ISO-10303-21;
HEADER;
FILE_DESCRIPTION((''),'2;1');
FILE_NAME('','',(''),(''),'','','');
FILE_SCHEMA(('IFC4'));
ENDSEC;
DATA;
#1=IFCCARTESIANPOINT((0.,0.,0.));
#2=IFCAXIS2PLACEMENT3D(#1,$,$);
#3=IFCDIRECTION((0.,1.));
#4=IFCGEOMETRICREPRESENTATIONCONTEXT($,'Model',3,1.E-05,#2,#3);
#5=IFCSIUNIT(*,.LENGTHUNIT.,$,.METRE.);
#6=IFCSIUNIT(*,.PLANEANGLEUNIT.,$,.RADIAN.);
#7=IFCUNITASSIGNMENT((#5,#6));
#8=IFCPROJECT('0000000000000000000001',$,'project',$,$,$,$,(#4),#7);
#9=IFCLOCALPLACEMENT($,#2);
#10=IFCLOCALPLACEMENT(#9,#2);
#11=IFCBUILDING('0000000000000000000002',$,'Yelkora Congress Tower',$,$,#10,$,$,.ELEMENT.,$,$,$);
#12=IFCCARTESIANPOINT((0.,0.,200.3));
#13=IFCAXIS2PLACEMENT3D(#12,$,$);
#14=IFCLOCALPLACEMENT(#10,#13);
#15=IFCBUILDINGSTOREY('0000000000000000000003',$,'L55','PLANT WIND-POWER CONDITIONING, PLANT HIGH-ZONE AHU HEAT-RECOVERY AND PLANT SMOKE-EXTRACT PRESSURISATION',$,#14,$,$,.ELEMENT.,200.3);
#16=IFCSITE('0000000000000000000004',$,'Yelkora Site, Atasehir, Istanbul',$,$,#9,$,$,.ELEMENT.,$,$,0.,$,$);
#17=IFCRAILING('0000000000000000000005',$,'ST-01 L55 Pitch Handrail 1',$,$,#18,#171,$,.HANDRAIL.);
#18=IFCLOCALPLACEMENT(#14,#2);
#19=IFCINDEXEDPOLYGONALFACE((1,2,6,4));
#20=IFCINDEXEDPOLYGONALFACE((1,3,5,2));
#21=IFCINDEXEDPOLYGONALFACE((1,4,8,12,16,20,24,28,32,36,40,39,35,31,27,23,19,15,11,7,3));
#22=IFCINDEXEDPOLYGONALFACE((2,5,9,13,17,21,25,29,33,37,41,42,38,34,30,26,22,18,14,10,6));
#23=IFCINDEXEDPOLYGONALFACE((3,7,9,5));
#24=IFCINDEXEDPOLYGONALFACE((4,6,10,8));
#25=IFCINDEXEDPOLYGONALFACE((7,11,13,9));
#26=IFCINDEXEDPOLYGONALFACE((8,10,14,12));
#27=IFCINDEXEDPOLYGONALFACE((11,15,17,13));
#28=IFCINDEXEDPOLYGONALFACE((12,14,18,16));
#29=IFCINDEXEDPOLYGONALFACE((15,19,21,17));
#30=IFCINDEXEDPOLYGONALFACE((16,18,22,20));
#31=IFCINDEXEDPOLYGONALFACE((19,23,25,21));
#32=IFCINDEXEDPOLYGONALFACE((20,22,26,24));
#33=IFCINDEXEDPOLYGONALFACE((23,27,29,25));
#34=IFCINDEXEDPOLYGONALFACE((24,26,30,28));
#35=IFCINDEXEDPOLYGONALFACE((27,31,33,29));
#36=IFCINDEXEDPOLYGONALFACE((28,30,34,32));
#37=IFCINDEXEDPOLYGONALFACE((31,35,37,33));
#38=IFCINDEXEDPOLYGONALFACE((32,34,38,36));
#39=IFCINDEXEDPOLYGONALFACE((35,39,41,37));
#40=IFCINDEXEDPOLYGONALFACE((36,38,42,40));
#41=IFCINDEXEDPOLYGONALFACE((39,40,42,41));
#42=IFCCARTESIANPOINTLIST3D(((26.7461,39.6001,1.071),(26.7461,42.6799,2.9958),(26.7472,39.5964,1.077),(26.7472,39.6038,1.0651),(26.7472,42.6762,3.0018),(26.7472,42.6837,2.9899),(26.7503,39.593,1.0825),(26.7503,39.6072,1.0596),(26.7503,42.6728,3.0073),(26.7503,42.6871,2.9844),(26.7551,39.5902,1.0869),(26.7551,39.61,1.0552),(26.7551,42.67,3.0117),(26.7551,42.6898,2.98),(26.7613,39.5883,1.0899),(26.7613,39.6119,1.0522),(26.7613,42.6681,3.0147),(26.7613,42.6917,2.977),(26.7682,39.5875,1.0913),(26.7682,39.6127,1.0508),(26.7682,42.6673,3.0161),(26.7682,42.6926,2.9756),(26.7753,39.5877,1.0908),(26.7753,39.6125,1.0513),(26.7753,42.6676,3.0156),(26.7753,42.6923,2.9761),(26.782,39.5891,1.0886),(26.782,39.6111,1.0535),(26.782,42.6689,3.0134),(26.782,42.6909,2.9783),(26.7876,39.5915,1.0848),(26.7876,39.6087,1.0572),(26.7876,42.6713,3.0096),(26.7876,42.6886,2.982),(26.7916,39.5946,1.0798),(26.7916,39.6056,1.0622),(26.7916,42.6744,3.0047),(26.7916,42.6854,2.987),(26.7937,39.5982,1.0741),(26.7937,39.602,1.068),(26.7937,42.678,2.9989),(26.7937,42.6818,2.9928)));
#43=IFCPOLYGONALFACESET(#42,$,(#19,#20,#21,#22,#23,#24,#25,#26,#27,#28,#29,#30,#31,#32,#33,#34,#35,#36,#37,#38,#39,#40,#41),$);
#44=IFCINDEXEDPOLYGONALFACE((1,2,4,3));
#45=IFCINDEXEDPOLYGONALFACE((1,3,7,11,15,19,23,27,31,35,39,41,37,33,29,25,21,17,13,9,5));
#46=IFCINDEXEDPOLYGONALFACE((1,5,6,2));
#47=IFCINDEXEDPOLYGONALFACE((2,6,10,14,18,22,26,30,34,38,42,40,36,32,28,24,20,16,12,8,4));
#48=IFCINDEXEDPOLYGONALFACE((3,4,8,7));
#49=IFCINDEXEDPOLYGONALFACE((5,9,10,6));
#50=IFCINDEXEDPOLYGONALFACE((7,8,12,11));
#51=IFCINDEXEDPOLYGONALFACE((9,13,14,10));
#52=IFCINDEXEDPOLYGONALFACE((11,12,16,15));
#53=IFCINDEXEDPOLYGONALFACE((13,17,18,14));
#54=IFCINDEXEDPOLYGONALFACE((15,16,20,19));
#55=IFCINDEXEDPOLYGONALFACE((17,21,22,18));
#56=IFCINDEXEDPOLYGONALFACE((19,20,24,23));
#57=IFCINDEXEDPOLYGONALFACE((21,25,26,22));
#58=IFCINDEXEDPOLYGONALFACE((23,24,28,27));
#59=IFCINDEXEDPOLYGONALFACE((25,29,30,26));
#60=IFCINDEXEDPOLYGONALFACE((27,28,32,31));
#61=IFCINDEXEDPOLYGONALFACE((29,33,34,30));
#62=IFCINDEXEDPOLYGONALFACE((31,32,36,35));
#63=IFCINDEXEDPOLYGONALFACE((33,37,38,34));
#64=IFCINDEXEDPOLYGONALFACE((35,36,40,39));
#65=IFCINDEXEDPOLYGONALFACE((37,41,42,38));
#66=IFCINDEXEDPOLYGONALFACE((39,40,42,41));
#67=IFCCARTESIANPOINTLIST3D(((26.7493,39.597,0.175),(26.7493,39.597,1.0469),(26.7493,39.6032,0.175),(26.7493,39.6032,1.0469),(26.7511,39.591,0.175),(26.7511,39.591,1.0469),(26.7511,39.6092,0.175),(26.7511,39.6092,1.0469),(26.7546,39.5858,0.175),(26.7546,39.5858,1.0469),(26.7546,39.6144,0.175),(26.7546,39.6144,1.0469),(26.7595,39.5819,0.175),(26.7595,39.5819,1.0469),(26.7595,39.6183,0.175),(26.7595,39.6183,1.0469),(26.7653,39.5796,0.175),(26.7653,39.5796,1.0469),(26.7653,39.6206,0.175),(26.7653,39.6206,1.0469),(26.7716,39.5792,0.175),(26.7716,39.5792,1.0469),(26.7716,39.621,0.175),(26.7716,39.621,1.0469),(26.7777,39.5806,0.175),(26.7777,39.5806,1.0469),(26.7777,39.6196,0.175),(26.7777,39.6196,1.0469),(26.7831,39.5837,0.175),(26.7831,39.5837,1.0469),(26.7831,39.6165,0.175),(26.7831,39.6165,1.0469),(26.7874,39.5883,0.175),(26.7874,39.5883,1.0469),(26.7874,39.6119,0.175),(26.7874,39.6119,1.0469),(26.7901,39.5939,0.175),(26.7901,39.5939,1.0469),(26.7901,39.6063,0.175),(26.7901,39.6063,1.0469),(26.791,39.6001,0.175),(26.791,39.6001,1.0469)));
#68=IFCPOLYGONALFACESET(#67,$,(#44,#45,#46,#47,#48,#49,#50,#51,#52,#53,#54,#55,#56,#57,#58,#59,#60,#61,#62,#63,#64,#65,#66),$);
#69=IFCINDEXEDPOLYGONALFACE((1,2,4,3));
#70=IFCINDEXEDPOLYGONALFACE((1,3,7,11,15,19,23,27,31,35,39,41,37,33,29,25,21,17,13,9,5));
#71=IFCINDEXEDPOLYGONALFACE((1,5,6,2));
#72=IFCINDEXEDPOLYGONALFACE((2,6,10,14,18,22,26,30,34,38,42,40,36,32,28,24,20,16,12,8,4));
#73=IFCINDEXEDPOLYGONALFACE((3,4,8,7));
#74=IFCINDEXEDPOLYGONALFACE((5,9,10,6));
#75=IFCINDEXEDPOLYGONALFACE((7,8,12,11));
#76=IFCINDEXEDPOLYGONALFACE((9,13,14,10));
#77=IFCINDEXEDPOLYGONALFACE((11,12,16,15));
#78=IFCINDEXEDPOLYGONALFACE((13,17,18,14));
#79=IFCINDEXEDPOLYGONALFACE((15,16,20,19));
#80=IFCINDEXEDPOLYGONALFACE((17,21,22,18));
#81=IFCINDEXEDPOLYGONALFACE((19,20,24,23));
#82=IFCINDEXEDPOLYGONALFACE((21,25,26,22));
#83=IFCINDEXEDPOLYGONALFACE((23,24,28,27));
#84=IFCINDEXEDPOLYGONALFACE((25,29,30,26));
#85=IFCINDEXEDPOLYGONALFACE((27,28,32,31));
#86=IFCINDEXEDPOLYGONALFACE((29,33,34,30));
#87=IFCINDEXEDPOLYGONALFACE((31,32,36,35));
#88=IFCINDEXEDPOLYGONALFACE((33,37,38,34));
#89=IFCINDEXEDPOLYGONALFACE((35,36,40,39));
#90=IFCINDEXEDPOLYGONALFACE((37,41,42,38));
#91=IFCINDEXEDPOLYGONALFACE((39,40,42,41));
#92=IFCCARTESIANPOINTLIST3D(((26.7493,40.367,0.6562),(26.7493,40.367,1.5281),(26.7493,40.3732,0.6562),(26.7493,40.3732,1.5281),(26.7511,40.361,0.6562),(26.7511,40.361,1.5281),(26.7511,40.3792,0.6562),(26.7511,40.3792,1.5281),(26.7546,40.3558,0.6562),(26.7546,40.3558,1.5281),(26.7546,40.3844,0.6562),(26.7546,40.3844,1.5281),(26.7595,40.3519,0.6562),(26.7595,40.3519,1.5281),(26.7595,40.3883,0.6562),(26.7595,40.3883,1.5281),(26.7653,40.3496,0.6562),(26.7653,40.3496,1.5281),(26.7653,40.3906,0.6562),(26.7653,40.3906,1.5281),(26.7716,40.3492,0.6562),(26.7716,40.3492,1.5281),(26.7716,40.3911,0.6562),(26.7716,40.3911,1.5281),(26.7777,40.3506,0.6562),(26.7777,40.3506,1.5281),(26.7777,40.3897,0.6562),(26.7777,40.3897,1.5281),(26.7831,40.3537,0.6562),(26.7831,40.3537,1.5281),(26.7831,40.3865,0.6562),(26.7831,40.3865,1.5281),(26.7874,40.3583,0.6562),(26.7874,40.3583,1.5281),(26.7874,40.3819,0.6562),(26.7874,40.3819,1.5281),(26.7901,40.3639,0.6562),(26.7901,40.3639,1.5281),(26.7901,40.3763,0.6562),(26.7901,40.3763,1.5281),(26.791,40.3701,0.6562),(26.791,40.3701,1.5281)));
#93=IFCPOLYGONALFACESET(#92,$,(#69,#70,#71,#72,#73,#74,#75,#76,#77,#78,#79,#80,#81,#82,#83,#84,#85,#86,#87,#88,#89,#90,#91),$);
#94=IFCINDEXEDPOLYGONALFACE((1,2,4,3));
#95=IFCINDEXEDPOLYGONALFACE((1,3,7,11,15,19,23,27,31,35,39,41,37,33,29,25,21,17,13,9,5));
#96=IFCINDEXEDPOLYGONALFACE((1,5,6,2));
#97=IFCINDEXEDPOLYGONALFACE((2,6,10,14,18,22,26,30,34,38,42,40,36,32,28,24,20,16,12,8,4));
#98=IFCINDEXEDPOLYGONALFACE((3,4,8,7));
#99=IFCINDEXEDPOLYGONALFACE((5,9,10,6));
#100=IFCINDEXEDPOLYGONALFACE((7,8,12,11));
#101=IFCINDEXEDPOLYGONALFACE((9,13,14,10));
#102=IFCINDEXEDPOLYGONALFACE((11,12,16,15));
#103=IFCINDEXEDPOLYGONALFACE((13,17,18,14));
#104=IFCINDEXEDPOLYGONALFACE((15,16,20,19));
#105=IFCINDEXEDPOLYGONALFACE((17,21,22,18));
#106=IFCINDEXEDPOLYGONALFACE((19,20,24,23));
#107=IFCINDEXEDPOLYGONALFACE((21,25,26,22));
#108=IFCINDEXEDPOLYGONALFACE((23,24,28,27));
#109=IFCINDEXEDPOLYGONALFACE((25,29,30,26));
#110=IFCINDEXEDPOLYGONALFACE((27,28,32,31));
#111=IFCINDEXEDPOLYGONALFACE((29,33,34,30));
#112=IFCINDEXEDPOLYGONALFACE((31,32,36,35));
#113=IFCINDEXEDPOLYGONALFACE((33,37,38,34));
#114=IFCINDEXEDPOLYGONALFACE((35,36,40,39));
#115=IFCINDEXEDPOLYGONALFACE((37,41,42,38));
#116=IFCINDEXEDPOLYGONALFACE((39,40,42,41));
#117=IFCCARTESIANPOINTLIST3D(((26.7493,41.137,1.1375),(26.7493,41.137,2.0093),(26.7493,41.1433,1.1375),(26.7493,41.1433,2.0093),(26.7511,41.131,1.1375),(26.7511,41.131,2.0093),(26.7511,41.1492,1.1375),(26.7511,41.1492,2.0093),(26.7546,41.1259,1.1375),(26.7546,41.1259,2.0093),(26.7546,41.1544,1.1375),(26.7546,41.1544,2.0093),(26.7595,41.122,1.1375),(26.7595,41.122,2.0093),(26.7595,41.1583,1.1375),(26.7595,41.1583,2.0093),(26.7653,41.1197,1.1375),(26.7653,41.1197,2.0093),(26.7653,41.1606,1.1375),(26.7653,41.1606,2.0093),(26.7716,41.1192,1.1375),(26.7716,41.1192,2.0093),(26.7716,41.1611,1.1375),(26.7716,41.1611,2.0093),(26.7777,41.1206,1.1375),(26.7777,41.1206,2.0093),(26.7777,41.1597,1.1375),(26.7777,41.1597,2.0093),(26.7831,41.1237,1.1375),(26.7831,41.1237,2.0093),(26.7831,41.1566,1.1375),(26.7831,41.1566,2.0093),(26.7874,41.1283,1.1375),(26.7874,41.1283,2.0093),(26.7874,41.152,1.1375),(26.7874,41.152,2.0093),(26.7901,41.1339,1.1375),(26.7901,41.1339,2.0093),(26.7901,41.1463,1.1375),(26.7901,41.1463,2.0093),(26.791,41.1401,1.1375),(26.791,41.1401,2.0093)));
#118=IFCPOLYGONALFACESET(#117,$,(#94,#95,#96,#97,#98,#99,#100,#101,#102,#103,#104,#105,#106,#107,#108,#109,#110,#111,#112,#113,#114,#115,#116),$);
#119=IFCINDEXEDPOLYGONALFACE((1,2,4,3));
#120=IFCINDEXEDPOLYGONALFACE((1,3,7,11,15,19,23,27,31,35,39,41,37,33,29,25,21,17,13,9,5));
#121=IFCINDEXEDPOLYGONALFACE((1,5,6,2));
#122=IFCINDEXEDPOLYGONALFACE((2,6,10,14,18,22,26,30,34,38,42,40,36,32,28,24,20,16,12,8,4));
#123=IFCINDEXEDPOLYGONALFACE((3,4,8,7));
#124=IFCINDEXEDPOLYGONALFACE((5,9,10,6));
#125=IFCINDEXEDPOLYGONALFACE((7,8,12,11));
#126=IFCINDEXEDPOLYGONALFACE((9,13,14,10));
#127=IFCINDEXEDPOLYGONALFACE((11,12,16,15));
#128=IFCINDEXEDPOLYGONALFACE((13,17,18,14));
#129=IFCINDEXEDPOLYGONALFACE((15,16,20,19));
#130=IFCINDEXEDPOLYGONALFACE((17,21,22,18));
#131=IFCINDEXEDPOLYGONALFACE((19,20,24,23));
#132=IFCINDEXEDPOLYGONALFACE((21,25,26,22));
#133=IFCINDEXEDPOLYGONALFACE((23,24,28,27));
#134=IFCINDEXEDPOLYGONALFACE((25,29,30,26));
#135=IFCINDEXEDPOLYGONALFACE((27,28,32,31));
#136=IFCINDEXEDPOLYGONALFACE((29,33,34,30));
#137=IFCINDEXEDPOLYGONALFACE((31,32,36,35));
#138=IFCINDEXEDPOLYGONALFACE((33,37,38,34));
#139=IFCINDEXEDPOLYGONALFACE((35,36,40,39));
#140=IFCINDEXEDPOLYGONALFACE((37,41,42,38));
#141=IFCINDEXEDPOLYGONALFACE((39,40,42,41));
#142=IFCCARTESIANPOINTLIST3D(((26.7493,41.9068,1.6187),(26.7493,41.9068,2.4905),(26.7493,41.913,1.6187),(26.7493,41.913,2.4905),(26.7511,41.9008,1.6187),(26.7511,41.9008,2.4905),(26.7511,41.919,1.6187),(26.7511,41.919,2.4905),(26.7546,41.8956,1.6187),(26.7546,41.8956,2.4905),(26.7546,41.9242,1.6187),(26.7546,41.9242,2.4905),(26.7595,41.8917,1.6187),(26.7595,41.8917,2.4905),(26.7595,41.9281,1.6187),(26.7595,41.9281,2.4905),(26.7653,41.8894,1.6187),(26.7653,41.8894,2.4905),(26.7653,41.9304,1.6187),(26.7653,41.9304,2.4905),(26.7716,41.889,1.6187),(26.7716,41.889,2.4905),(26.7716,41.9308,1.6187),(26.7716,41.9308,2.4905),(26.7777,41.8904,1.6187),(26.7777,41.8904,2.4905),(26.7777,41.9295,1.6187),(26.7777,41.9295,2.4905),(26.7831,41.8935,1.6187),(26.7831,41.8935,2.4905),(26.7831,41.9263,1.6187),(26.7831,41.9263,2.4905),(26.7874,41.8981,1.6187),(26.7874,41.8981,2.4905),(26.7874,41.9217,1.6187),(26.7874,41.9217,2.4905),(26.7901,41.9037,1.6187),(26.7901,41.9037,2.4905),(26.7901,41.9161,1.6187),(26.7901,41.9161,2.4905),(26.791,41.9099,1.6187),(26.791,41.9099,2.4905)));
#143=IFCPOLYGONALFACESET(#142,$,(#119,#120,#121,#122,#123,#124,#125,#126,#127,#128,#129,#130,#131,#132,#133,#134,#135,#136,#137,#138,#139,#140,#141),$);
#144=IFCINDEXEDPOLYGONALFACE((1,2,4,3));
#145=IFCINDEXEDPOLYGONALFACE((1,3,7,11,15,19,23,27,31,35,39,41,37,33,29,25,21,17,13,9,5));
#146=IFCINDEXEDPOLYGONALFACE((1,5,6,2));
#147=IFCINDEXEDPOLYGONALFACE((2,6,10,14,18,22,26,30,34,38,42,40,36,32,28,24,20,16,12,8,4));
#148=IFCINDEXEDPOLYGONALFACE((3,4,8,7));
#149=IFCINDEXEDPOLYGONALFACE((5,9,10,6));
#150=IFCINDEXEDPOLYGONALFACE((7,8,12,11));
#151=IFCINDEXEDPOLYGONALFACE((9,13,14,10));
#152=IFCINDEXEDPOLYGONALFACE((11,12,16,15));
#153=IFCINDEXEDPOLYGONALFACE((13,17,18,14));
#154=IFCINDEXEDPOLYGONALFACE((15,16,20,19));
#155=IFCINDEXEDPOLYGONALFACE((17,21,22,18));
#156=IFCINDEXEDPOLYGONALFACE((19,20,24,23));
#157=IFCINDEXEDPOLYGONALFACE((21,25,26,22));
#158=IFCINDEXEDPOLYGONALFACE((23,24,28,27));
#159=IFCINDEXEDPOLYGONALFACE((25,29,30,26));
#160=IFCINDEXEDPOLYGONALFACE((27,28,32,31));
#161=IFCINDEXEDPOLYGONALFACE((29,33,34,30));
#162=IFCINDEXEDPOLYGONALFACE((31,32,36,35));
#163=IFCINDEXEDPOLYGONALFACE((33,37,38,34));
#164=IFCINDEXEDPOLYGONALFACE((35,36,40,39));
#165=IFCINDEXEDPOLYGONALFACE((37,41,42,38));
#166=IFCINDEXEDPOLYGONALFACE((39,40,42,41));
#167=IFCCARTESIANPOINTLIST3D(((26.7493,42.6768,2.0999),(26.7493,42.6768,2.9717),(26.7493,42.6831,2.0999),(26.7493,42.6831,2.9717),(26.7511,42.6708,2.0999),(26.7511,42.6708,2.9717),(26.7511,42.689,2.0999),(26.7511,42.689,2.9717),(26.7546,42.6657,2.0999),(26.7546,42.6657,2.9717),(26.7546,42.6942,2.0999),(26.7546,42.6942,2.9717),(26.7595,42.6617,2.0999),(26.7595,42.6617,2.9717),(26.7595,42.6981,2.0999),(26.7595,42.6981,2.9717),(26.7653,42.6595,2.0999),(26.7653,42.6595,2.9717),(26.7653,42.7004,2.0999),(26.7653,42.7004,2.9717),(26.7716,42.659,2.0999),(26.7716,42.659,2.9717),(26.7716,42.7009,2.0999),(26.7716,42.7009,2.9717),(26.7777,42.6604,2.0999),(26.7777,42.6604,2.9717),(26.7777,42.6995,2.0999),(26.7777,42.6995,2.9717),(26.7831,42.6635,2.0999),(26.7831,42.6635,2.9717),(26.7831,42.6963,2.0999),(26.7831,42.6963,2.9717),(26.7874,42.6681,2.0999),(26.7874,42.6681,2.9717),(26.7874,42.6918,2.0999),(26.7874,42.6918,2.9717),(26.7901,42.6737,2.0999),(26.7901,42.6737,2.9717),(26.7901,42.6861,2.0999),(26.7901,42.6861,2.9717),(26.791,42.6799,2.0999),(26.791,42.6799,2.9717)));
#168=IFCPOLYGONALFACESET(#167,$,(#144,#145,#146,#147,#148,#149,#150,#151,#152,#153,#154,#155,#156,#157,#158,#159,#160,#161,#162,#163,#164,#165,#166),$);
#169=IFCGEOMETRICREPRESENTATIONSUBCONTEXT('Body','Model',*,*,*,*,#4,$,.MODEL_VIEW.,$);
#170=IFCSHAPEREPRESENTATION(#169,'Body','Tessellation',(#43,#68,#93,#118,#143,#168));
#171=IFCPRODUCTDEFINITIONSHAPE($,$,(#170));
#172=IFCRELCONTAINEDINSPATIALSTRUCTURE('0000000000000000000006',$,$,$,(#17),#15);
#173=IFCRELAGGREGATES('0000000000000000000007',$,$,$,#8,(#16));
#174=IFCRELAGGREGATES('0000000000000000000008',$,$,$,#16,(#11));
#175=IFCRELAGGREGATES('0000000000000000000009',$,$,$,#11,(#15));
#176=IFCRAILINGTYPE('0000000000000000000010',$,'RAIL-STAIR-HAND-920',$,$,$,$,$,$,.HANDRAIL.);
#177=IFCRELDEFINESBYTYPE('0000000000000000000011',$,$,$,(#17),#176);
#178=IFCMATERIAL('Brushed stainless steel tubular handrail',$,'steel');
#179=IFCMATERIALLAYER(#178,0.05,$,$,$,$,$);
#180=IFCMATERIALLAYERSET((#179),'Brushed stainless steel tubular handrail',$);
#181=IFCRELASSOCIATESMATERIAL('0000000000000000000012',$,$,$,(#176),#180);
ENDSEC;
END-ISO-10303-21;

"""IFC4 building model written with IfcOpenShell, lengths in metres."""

from ifc_helpers import new_model, si_unit, direction, frame, origin, origin_2d, place, context, subcontext, project, spatial, circle, extrude, material, layer, layer_set, type_object, element, save


model = new_model("IFC4")

# Units and contexts
model_context = context("Model", 3, precision=1e-05, world=origin(), true_north=direction((0.0, 1.0)))
body_context = subcontext(model_context, "Body", "Model", "MODEL_VIEW")
ifc_project = project(units=[si_unit("LENGTHUNIT", "METRE"), si_unit("PLANEANGLEUNIT", "RADIAN")], contexts=[model_context])

# Site, building, storey
site_placement = place(None, origin())
site = spatial("IfcSite", under=ifc_project, at=site_placement, Name="Yelkora Site, Atasehir, Istanbul", CompositionType="ELEMENT", RefElevation=0.0)
building_placement = place(site_placement, origin())
building = spatial("IfcBuilding", under=site, at=building_placement, Name="Yelkora Congress Tower", CompositionType="ELEMENT")
storey_placement = place(building_placement, frame((0.0, 0.0, 200.3)))
storey = spatial("IfcBuildingStorey", under=building, at=storey_placement, Name="L55", Description="PLANT WIND-POWER CONDITIONING, PLANT HIGH-ZONE AHU HEAT-RECOVERY AND PLANT SMOKE-EXTRACT PRESSURISATION", CompositionType="ELEMENT", Elevation=200.3)

# Railing
ifc_material_1 = material(Name="Brushed stainless steel tubular handrail", Category="steel")
ifc_layer_1 = layer(ifc_material_1, 0.05)
ifc_layer_set_1 = layer_set([ifc_layer_1], Name="Brushed stainless steel tubular handrail")
railing_type_1 = type_object("IfcRailingType", Name="RAIL-STAIR-HAND-920", PredefinedType="HANDRAIL", material=ifc_layer_set_1)
railing_1_placement = place(storey_placement, frame((26.77, 39.6001, 0.175)))
element("IfcRailing", 1, at=railing_1_placement, inside=storey, type_object=railing_type_1, Name="ST-01 L55 Pitch Handrail 1", PredefinedType="HANDRAIL", context=body_context, shape_type="SweptSolid", body=[
    extrude(circle(Radius=0.0239, at=origin_2d()), frame((0.0, 0.0, 0.896), z_axis=(0.0, 0.84801, 0.529981), x_axis=(-1.0, 0.0, 0.0)), (0.0, 0.0, 1.0), 3.6318),
    extrude(circle(Radius=0.021, at=origin_2d()), origin(), (0.0, 0.0, 1.0), 0.8718),
    extrude(circle(Radius=0.021, at=origin_2d()), frame((0.0, 0.77, 0.4812)), (0.0, 0.0, 1.0), 0.8718),
    extrude(circle(Radius=0.021, at=origin_2d()), frame((0.0, 1.54, 0.9624)), (0.0, 0.0, 1.0), 0.8718),
    extrude(circle(Radius=0.021, at=origin_2d()), frame((0.0, 2.3098, 1.4436)), (0.0, 0.0, 1.0), 0.8718),
    extrude(circle(Radius=0.021, at=origin_2d()), frame((0.0, 3.0798, 1.9248)), (0.0, 0.0, 1.0), 0.8718),
])

save(model, "model.ifc")
